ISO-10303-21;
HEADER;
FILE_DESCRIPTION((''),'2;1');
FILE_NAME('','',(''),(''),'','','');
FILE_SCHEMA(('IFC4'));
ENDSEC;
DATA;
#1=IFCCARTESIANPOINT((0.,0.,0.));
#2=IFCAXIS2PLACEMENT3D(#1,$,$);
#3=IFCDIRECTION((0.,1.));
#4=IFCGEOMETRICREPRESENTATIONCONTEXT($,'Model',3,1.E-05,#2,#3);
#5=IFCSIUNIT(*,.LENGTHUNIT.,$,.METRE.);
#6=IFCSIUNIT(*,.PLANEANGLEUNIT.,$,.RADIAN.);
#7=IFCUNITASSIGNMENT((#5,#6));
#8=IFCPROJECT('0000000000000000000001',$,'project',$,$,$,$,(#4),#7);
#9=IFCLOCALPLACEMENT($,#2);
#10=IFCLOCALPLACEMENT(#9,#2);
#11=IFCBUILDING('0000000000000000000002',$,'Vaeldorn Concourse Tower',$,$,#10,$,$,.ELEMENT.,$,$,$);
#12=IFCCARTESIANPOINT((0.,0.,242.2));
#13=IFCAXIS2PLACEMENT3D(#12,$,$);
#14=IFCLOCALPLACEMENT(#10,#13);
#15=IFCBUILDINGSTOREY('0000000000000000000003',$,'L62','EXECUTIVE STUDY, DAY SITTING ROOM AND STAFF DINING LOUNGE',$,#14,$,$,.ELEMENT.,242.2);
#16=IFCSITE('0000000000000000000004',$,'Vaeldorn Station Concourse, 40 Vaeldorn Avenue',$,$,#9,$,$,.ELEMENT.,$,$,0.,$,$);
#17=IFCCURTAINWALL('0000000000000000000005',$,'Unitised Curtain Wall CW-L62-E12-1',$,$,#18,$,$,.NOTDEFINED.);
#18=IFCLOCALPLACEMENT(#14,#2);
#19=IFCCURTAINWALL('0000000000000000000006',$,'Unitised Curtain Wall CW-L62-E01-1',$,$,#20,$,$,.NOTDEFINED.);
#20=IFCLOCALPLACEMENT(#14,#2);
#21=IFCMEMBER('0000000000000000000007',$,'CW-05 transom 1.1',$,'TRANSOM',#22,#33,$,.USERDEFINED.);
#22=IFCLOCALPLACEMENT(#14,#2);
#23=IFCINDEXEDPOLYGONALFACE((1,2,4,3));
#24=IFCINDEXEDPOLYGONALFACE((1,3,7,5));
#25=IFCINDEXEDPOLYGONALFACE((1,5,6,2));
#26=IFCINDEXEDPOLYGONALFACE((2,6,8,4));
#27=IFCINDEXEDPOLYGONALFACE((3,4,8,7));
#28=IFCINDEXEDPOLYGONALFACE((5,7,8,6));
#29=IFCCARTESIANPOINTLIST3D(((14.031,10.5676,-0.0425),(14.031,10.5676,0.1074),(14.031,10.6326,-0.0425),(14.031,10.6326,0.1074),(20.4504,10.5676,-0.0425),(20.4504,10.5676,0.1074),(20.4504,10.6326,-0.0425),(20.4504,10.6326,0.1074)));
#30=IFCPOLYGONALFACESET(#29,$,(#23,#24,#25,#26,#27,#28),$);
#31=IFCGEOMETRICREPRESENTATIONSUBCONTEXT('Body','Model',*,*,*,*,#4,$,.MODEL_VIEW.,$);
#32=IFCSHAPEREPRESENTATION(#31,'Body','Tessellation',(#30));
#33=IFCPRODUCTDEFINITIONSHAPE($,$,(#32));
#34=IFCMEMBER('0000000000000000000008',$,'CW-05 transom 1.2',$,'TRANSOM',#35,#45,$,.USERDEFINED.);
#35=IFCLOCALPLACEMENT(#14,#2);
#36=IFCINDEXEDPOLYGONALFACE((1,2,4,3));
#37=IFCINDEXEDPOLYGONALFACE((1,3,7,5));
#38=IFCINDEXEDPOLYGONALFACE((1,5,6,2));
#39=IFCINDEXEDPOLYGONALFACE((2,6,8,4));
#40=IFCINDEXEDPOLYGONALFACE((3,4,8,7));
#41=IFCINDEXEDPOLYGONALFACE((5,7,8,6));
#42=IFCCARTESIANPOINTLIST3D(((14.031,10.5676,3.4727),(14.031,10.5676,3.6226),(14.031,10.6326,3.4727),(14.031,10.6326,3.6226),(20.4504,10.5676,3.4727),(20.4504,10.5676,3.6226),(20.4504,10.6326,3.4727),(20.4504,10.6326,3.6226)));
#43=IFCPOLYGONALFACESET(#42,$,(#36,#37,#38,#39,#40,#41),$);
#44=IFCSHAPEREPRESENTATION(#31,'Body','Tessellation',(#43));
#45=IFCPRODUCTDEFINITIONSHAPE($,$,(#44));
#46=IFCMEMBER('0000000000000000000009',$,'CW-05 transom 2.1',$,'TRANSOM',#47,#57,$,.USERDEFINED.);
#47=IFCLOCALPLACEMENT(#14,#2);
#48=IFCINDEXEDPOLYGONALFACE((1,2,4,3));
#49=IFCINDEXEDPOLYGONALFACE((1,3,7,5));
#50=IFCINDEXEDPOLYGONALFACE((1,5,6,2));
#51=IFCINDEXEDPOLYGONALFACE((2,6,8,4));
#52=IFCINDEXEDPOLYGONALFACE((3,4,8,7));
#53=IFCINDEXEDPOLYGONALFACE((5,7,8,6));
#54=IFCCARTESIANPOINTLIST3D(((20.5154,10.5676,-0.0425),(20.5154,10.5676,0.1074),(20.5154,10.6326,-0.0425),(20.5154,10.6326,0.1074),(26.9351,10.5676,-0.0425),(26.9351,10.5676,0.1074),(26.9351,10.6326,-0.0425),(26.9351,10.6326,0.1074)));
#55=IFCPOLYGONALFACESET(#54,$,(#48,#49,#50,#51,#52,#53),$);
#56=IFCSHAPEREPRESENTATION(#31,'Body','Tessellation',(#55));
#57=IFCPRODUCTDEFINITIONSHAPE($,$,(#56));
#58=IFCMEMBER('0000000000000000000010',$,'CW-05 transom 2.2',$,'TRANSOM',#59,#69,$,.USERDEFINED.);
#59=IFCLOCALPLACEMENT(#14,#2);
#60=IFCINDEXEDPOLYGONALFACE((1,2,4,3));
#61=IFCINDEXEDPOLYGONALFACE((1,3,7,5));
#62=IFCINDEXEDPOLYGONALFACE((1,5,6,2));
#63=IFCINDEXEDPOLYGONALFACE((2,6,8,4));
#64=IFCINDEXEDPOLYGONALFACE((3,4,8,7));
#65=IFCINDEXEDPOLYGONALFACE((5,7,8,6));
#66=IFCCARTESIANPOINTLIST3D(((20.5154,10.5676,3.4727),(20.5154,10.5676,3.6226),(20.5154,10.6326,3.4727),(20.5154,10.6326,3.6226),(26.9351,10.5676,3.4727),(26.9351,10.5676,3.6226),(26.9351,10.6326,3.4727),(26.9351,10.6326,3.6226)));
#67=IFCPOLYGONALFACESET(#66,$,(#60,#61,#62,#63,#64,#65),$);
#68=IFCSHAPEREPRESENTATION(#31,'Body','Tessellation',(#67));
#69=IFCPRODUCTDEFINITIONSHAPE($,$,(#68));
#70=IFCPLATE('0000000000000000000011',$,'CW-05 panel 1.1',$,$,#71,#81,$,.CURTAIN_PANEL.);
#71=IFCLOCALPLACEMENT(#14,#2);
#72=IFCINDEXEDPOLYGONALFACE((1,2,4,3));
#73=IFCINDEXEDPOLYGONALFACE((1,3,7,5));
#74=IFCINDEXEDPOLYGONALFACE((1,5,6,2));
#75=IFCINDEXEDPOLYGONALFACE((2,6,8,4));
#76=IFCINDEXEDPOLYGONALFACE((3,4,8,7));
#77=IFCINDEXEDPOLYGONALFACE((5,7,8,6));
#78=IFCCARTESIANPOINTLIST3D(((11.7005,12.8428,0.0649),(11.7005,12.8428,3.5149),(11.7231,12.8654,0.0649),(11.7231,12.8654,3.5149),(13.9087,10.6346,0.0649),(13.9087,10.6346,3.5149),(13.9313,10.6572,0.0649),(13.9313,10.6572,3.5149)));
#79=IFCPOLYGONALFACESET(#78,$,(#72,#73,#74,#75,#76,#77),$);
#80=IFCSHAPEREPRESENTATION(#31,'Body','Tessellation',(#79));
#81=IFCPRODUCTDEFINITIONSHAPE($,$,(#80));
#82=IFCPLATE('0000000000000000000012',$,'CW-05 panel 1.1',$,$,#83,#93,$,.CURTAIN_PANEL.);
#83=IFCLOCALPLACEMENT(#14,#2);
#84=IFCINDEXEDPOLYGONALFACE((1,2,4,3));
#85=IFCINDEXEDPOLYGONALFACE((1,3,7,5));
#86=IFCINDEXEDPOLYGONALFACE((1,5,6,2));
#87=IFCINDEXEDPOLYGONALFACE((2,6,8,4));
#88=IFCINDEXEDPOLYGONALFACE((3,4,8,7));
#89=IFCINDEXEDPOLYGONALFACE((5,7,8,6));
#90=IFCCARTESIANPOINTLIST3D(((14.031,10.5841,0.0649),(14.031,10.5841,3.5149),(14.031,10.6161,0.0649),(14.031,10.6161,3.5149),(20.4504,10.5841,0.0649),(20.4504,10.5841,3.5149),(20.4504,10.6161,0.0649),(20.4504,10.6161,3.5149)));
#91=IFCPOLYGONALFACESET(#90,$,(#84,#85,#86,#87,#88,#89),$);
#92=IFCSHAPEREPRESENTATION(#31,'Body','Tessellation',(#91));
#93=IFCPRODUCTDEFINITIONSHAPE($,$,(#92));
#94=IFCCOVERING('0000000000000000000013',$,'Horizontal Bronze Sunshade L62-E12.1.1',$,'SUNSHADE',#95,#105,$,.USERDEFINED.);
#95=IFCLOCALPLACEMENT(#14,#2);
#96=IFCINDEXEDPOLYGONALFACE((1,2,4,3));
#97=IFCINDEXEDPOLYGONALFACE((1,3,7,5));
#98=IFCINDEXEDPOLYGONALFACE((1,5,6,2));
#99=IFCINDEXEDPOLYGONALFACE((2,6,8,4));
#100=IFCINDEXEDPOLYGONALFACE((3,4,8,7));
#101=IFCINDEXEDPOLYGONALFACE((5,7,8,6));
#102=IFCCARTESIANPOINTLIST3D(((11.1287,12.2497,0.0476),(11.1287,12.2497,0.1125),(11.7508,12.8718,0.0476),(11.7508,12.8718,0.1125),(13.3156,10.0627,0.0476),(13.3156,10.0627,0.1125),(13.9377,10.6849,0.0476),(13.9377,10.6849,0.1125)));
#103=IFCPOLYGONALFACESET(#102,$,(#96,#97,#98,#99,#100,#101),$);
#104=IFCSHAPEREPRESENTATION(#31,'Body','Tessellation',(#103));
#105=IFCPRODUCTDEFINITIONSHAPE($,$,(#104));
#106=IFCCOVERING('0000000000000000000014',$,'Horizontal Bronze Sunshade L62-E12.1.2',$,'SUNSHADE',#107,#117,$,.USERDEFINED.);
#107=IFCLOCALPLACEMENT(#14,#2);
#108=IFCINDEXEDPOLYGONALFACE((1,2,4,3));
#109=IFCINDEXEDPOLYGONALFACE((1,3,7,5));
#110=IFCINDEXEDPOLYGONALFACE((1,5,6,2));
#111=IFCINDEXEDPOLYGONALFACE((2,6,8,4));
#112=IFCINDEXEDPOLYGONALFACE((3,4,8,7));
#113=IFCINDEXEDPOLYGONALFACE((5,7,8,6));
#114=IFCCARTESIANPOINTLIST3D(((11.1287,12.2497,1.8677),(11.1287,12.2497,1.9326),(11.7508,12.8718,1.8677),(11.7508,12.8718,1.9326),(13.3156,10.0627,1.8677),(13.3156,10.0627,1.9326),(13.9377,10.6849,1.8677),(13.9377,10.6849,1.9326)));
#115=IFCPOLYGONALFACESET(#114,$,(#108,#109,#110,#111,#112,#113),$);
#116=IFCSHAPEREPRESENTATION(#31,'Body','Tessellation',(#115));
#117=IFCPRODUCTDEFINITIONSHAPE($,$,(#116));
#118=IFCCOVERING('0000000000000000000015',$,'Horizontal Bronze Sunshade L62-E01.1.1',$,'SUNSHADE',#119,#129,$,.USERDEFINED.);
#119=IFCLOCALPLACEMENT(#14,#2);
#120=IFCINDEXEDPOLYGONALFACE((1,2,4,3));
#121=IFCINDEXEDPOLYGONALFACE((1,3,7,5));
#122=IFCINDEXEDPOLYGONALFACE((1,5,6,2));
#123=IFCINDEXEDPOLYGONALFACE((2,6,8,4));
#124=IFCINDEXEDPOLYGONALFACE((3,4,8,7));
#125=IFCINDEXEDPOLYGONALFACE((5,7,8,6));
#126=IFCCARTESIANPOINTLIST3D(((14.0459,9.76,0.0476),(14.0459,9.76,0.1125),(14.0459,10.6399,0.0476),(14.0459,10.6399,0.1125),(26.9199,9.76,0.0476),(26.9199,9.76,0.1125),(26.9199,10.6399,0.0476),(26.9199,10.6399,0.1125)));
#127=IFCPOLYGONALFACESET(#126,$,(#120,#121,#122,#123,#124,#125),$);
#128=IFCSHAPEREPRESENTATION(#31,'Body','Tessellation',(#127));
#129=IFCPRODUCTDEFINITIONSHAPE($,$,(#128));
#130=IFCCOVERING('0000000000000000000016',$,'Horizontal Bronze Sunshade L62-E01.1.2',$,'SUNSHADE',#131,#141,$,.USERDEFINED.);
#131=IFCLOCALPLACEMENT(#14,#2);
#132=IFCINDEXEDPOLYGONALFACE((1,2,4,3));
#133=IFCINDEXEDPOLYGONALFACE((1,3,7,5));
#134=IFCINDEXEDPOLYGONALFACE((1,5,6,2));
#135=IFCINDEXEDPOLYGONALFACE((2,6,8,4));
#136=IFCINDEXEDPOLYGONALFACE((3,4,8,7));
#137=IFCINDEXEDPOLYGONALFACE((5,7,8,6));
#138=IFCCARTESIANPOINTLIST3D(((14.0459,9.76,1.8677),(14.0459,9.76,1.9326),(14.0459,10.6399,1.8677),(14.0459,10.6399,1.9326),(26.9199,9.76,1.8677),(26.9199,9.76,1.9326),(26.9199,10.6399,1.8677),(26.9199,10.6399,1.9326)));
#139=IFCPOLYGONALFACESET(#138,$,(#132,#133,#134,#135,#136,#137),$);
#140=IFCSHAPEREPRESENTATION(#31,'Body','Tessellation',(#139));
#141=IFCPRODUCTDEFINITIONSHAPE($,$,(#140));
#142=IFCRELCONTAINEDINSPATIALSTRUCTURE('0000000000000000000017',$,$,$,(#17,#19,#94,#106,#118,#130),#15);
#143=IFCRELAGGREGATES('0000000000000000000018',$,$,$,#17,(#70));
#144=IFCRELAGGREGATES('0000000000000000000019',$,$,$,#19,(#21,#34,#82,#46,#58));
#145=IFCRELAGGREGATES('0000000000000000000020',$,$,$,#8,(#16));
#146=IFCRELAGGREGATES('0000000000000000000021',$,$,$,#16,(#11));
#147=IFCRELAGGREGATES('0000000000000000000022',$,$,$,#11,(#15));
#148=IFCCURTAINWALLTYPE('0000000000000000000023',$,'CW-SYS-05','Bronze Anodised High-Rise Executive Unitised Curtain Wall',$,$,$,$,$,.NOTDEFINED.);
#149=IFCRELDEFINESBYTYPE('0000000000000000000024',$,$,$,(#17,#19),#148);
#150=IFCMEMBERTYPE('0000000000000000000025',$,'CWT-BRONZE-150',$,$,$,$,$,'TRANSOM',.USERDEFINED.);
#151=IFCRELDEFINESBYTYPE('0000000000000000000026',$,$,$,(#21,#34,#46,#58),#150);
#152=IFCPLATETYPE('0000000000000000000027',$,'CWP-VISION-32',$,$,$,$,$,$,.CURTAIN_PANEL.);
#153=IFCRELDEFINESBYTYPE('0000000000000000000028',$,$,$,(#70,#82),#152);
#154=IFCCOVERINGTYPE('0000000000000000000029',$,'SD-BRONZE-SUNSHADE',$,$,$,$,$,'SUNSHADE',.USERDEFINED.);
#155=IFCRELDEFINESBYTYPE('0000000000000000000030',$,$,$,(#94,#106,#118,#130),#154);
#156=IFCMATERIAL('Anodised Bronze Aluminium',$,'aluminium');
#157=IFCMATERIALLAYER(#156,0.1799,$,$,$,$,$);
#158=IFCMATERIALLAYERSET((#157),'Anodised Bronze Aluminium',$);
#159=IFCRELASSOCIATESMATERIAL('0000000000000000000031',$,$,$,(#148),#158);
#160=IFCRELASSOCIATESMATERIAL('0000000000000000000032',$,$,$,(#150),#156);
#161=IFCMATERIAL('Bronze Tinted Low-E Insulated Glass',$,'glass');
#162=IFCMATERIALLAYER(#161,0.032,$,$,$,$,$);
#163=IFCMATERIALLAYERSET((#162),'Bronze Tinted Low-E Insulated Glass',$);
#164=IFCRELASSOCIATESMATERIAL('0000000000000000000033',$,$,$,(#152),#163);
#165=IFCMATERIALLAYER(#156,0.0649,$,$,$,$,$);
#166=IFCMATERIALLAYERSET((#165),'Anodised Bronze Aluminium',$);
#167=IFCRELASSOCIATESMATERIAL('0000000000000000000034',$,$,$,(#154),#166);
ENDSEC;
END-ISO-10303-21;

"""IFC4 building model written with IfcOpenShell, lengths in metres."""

from ifc_helpers import new_model, si_unit, direction, frame, origin, origin_2d, place, context, subcontext, project, spatial, rectangle, extrude, source, transform, mapped, material, layer, layer_set, material_profile, profile_set, type_object, element, aggregate, save


model = new_model("IFC4")

# Units and contexts
model_context = context("Model", 3, precision=1e-05, world=origin(), true_north=direction((0.0, 1.0)))
body_context = subcontext(model_context, "Body", "Model", "MODEL_VIEW")
ifc_project = project(units=[si_unit("LENGTHUNIT", "METRE"), si_unit("PLANEANGLEUNIT", "RADIAN")], contexts=[model_context])

# Site, building, storey
site_placement = place(None, origin())
site = spatial("IfcSite", under=ifc_project, at=site_placement, Name="Vaeldorn Station Concourse, 40 Vaeldorn Avenue", CompositionType="ELEMENT", RefElevation=0.0)
building_placement = place(site_placement, origin())
building = spatial("IfcBuilding", under=site, at=building_placement, Name="Vaeldorn Concourse Tower", CompositionType="ELEMENT")
storey_placement = place(building_placement, frame((0.0, 0.0, 242.2)))
storey = spatial("IfcBuildingStorey", under=building, at=storey_placement, Name="L62", Description="EXECUTIVE STUDY, DAY SITTING ROOM AND STAFF DINING LOUNGE", CompositionType="ELEMENT", Elevation=242.2)

# Curtain walls
ifc_material_1 = material(Name="Anodised Bronze Aluminium", Category="aluminium")
ifc_layer_1 = layer(ifc_material_1, 0.1799)
ifc_layer_set_1 = layer_set([ifc_layer_1], Name="Anodised Bronze Aluminium")
curtain_wall_type = type_object("IfcCurtainWallType", Name="CW-SYS-05", Description="Bronze Anodised High-Rise Executive Unitised Curtain Wall", PredefinedType="NOTDEFINED", material=ifc_layer_set_1)
curtain_wall_1_placement = place(storey_placement, origin())
curtain_wall_1 = element("IfcCurtainWall", 1, at=curtain_wall_1_placement, inside=storey, type_object=curtain_wall_type, Name="Unitised Curtain Wall CW-L62-E12-1", PredefinedType="NOTDEFINED")
ifc_material_profile_1 = material_profile(ifc_material_1, rectangle(XDim=0.0649, YDim=0.1499, at=origin_2d()), Name="CWT 65x150")
ifc_profile_set_1 = profile_set([ifc_material_profile_1], Name="Anodised Bronze Aluminium")
member_type_1 = type_object("IfcMemberType", Name="CWT-BRONZE-150", ElementType="TRANSOM", PredefinedType="USERDEFINED", material=ifc_profile_set_1)
curtain_wall_2_placement = place(storey_placement, origin())
curtain_wall_2 = element("IfcCurtainWall", 2, at=curtain_wall_2_placement, inside=storey, type_object=curtain_wall_type, Name="Unitised Curtain Wall CW-L62-E01-1", PredefinedType="NOTDEFINED")

# Members
shared_shape_1 = source(origin(), body_context, "Body", "SweptSolid", [
    extrude(rectangle(XDim=0.0649, YDim=0.1499, at=origin_2d()), origin(), (0.0, 0.0, 1.0), 6.4194),
])
member_1_placement = place(storey_placement, frame((14.031, 10.6001, 0.0325), z_axis=(1.0, 0.0, 0.0), x_axis=(0.0, 1.0, 0.0)))
member_1 = element("IfcMember", 3, at=member_1_placement, type_object=member_type_1, Name="CW-05 transom 1.1", ObjectType="TRANSOM", PredefinedType="USERDEFINED", context=body_context, shape_type="MappedRepresentation", body=[
    mapped(shared_shape_1, transform((0.0, 0.0, 0.0), scale=1.0)),
])
member_2_placement = place(storey_placement, frame((14.031, 10.6001, 3.5476), z_axis=(1.0, 0.0, 0.0), x_axis=(0.0, 1.0, 0.0)))
member_2 = element("IfcMember", 4, at=member_2_placement, type_object=member_type_1, Name="CW-05 transom 1.2", ObjectType="TRANSOM", PredefinedType="USERDEFINED", context=body_context, shape_type="MappedRepresentation", body=[
    mapped(shared_shape_1, transform((0.0, 0.0, 0.0), scale=1.0)),
])
shared_shape_2 = source(origin(), body_context, "Body", "SweptSolid", [
    extrude(rectangle(XDim=0.0649, YDim=0.1499, at=origin_2d()), origin(), (0.0, 0.0, 1.0), 6.4197),
])
member_3_placement = place(storey_placement, frame((20.5154, 10.6001, 0.0325), z_axis=(1.0, 0.0, 0.0), x_axis=(0.0, 1.0, 0.0)))
member_3 = element("IfcMember", 5, at=member_3_placement, type_object=member_type_1, Name="CW-05 transom 2.1", ObjectType="TRANSOM", PredefinedType="USERDEFINED", context=body_context, shape_type="MappedRepresentation", body=[
    mapped(shared_shape_2, transform((0.0, 0.0, 0.0), scale=1.0)),
])
member_4_placement = place(storey_placement, frame((20.5154, 10.6001, 3.5476), z_axis=(1.0, 0.0, 0.0), x_axis=(0.0, 1.0, 0.0)))
member_4 = element("IfcMember", 6, at=member_4_placement, type_object=member_type_1, Name="CW-05 transom 2.2", ObjectType="TRANSOM", PredefinedType="USERDEFINED", context=body_context, shape_type="MappedRepresentation", body=[
    mapped(shared_shape_2, transform((0.0, 0.0, 0.0), scale=1.0)),
])

# Plates
ifc_material_2 = material(Name="Bronze Tinted Low-E Insulated Glass", Category="glass")
ifc_layer_2 = layer(ifc_material_2, 0.032)
ifc_layer_set_2 = layer_set([ifc_layer_2], Name="Bronze Tinted Low-E Insulated Glass")
plate_type = type_object("IfcPlateType", Name="CWP-VISION-32", PredefinedType="CURTAIN_PANEL", material=ifc_layer_set_2)
shared_shape_3 = source(origin(), body_context, "Body", "SweptSolid", [
    extrude(rectangle(XDim=3.1228, YDim=0.032, at=origin_2d()), origin(), (0.0, 0.0, 1.0), 3.45),
])
plate_1_placement = place(storey_placement, frame((12.8159, 11.75, 0.0649), z_axis=(0.0, 0.0, 1.0), x_axis=(0.707107, -0.707107, 0.0)))
plate_1 = element("IfcPlate", 7, at=plate_1_placement, type_object=plate_type, Name="CW-05 panel 1.1", PredefinedType="CURTAIN_PANEL", context=body_context, shape_type="MappedRepresentation", body=[
    mapped(shared_shape_3, transform((0.0, 0.0, 0.0), scale=1.0)),
])
aggregate(curtain_wall_1, [plate_1])
shared_shape_4 = source(origin(), body_context, "Body", "SweptSolid", [
    extrude(rectangle(XDim=6.4194, YDim=0.032, at=origin_2d()), origin(), (0.0, 0.0, 1.0), 3.45),
])
plate_2_placement = place(storey_placement, frame((17.2407, 10.6001, 0.0649), z_axis=(0.0, 0.0, 1.0), x_axis=(1.0, 0.0, 0.0)))
plate_2 = element("IfcPlate", 8, at=plate_2_placement, type_object=plate_type, Name="CW-05 panel 1.1", PredefinedType="CURTAIN_PANEL", context=body_context, shape_type="MappedRepresentation", body=[
    mapped(shared_shape_4, transform((0.0, 0.0, 0.0), scale=1.0)),
])
aggregate(curtain_wall_2, [member_1, member_2, plate_2, member_3, member_4])

# Coverings
ifc_layer_3 = layer(ifc_material_1, 0.0649)
ifc_layer_set_3 = layer_set([ifc_layer_3], Name="Anodised Bronze Aluminium")
covering_type = type_object("IfcCoveringType", Name="SD-BRONZE-SUNSHADE", ElementType="SUNSHADE", PredefinedType="USERDEFINED", material=ifc_layer_set_3)
shared_shape_5 = source(origin(), body_context, "Body", "SweptSolid", [
    extrude(rectangle(XDim=3.0928, YDim=0.8799, at=origin_2d()), origin(), (0.0, 0.0, 1.0), 0.0649),
])
for number, where, z_axis, x_axis, name in (
    (9, (12.5332, 11.4673, 0.0476), (0.0, 0.0, 1.0), (0.707107, -0.707107, 0.0), "Horizontal Bronze Sunshade L62-E12.1.1"),
    (10, (12.5332, 11.4673, 1.8677), (0.0, 0.0, 1.0), (0.707107, -0.707107, 0.0), "Horizontal Bronze Sunshade L62-E12.1.2"),
):
    element("IfcCovering", number, at=place(storey_placement, frame(where, z_axis=z_axis, x_axis=x_axis)), inside=storey, type_object=covering_type, Name=name, ObjectType="SUNSHADE", PredefinedType="USERDEFINED", context=body_context, shape_type="MappedRepresentation", body=[
        mapped(shared_shape_5, transform((0.0, 0.0, 0.0), scale=1.0)),
    ])
shared_shape_6 = source(origin(), body_context, "Body", "SweptSolid", [
    extrude(rectangle(XDim=12.874, YDim=0.8799, at=origin_2d()), origin(), (0.0, 0.0, 1.0), 0.0649),
])
for number, where, z_axis, x_axis, name in (
    (11, (20.4829, 10.2, 0.0476), (0.0, 0.0, 1.0), (1.0, 0.0, 0.0), "Horizontal Bronze Sunshade L62-E01.1.1"),
    (12, (20.4829, 10.2, 1.8677), (0.0, 0.0, 1.0), (1.0, 0.0, 0.0), "Horizontal Bronze Sunshade L62-E01.1.2"),
):
    element("IfcCovering", number, at=place(storey_placement, frame(where, z_axis=z_axis, x_axis=x_axis)), inside=storey, type_object=covering_type, Name=name, ObjectType="SUNSHADE", PredefinedType="USERDEFINED", context=body_context, shape_type="MappedRepresentation", body=[
        mapped(shared_shape_6, transform((0.0, 0.0, 0.0), scale=1.0)),
    ])

save(model, "model.ifc")
